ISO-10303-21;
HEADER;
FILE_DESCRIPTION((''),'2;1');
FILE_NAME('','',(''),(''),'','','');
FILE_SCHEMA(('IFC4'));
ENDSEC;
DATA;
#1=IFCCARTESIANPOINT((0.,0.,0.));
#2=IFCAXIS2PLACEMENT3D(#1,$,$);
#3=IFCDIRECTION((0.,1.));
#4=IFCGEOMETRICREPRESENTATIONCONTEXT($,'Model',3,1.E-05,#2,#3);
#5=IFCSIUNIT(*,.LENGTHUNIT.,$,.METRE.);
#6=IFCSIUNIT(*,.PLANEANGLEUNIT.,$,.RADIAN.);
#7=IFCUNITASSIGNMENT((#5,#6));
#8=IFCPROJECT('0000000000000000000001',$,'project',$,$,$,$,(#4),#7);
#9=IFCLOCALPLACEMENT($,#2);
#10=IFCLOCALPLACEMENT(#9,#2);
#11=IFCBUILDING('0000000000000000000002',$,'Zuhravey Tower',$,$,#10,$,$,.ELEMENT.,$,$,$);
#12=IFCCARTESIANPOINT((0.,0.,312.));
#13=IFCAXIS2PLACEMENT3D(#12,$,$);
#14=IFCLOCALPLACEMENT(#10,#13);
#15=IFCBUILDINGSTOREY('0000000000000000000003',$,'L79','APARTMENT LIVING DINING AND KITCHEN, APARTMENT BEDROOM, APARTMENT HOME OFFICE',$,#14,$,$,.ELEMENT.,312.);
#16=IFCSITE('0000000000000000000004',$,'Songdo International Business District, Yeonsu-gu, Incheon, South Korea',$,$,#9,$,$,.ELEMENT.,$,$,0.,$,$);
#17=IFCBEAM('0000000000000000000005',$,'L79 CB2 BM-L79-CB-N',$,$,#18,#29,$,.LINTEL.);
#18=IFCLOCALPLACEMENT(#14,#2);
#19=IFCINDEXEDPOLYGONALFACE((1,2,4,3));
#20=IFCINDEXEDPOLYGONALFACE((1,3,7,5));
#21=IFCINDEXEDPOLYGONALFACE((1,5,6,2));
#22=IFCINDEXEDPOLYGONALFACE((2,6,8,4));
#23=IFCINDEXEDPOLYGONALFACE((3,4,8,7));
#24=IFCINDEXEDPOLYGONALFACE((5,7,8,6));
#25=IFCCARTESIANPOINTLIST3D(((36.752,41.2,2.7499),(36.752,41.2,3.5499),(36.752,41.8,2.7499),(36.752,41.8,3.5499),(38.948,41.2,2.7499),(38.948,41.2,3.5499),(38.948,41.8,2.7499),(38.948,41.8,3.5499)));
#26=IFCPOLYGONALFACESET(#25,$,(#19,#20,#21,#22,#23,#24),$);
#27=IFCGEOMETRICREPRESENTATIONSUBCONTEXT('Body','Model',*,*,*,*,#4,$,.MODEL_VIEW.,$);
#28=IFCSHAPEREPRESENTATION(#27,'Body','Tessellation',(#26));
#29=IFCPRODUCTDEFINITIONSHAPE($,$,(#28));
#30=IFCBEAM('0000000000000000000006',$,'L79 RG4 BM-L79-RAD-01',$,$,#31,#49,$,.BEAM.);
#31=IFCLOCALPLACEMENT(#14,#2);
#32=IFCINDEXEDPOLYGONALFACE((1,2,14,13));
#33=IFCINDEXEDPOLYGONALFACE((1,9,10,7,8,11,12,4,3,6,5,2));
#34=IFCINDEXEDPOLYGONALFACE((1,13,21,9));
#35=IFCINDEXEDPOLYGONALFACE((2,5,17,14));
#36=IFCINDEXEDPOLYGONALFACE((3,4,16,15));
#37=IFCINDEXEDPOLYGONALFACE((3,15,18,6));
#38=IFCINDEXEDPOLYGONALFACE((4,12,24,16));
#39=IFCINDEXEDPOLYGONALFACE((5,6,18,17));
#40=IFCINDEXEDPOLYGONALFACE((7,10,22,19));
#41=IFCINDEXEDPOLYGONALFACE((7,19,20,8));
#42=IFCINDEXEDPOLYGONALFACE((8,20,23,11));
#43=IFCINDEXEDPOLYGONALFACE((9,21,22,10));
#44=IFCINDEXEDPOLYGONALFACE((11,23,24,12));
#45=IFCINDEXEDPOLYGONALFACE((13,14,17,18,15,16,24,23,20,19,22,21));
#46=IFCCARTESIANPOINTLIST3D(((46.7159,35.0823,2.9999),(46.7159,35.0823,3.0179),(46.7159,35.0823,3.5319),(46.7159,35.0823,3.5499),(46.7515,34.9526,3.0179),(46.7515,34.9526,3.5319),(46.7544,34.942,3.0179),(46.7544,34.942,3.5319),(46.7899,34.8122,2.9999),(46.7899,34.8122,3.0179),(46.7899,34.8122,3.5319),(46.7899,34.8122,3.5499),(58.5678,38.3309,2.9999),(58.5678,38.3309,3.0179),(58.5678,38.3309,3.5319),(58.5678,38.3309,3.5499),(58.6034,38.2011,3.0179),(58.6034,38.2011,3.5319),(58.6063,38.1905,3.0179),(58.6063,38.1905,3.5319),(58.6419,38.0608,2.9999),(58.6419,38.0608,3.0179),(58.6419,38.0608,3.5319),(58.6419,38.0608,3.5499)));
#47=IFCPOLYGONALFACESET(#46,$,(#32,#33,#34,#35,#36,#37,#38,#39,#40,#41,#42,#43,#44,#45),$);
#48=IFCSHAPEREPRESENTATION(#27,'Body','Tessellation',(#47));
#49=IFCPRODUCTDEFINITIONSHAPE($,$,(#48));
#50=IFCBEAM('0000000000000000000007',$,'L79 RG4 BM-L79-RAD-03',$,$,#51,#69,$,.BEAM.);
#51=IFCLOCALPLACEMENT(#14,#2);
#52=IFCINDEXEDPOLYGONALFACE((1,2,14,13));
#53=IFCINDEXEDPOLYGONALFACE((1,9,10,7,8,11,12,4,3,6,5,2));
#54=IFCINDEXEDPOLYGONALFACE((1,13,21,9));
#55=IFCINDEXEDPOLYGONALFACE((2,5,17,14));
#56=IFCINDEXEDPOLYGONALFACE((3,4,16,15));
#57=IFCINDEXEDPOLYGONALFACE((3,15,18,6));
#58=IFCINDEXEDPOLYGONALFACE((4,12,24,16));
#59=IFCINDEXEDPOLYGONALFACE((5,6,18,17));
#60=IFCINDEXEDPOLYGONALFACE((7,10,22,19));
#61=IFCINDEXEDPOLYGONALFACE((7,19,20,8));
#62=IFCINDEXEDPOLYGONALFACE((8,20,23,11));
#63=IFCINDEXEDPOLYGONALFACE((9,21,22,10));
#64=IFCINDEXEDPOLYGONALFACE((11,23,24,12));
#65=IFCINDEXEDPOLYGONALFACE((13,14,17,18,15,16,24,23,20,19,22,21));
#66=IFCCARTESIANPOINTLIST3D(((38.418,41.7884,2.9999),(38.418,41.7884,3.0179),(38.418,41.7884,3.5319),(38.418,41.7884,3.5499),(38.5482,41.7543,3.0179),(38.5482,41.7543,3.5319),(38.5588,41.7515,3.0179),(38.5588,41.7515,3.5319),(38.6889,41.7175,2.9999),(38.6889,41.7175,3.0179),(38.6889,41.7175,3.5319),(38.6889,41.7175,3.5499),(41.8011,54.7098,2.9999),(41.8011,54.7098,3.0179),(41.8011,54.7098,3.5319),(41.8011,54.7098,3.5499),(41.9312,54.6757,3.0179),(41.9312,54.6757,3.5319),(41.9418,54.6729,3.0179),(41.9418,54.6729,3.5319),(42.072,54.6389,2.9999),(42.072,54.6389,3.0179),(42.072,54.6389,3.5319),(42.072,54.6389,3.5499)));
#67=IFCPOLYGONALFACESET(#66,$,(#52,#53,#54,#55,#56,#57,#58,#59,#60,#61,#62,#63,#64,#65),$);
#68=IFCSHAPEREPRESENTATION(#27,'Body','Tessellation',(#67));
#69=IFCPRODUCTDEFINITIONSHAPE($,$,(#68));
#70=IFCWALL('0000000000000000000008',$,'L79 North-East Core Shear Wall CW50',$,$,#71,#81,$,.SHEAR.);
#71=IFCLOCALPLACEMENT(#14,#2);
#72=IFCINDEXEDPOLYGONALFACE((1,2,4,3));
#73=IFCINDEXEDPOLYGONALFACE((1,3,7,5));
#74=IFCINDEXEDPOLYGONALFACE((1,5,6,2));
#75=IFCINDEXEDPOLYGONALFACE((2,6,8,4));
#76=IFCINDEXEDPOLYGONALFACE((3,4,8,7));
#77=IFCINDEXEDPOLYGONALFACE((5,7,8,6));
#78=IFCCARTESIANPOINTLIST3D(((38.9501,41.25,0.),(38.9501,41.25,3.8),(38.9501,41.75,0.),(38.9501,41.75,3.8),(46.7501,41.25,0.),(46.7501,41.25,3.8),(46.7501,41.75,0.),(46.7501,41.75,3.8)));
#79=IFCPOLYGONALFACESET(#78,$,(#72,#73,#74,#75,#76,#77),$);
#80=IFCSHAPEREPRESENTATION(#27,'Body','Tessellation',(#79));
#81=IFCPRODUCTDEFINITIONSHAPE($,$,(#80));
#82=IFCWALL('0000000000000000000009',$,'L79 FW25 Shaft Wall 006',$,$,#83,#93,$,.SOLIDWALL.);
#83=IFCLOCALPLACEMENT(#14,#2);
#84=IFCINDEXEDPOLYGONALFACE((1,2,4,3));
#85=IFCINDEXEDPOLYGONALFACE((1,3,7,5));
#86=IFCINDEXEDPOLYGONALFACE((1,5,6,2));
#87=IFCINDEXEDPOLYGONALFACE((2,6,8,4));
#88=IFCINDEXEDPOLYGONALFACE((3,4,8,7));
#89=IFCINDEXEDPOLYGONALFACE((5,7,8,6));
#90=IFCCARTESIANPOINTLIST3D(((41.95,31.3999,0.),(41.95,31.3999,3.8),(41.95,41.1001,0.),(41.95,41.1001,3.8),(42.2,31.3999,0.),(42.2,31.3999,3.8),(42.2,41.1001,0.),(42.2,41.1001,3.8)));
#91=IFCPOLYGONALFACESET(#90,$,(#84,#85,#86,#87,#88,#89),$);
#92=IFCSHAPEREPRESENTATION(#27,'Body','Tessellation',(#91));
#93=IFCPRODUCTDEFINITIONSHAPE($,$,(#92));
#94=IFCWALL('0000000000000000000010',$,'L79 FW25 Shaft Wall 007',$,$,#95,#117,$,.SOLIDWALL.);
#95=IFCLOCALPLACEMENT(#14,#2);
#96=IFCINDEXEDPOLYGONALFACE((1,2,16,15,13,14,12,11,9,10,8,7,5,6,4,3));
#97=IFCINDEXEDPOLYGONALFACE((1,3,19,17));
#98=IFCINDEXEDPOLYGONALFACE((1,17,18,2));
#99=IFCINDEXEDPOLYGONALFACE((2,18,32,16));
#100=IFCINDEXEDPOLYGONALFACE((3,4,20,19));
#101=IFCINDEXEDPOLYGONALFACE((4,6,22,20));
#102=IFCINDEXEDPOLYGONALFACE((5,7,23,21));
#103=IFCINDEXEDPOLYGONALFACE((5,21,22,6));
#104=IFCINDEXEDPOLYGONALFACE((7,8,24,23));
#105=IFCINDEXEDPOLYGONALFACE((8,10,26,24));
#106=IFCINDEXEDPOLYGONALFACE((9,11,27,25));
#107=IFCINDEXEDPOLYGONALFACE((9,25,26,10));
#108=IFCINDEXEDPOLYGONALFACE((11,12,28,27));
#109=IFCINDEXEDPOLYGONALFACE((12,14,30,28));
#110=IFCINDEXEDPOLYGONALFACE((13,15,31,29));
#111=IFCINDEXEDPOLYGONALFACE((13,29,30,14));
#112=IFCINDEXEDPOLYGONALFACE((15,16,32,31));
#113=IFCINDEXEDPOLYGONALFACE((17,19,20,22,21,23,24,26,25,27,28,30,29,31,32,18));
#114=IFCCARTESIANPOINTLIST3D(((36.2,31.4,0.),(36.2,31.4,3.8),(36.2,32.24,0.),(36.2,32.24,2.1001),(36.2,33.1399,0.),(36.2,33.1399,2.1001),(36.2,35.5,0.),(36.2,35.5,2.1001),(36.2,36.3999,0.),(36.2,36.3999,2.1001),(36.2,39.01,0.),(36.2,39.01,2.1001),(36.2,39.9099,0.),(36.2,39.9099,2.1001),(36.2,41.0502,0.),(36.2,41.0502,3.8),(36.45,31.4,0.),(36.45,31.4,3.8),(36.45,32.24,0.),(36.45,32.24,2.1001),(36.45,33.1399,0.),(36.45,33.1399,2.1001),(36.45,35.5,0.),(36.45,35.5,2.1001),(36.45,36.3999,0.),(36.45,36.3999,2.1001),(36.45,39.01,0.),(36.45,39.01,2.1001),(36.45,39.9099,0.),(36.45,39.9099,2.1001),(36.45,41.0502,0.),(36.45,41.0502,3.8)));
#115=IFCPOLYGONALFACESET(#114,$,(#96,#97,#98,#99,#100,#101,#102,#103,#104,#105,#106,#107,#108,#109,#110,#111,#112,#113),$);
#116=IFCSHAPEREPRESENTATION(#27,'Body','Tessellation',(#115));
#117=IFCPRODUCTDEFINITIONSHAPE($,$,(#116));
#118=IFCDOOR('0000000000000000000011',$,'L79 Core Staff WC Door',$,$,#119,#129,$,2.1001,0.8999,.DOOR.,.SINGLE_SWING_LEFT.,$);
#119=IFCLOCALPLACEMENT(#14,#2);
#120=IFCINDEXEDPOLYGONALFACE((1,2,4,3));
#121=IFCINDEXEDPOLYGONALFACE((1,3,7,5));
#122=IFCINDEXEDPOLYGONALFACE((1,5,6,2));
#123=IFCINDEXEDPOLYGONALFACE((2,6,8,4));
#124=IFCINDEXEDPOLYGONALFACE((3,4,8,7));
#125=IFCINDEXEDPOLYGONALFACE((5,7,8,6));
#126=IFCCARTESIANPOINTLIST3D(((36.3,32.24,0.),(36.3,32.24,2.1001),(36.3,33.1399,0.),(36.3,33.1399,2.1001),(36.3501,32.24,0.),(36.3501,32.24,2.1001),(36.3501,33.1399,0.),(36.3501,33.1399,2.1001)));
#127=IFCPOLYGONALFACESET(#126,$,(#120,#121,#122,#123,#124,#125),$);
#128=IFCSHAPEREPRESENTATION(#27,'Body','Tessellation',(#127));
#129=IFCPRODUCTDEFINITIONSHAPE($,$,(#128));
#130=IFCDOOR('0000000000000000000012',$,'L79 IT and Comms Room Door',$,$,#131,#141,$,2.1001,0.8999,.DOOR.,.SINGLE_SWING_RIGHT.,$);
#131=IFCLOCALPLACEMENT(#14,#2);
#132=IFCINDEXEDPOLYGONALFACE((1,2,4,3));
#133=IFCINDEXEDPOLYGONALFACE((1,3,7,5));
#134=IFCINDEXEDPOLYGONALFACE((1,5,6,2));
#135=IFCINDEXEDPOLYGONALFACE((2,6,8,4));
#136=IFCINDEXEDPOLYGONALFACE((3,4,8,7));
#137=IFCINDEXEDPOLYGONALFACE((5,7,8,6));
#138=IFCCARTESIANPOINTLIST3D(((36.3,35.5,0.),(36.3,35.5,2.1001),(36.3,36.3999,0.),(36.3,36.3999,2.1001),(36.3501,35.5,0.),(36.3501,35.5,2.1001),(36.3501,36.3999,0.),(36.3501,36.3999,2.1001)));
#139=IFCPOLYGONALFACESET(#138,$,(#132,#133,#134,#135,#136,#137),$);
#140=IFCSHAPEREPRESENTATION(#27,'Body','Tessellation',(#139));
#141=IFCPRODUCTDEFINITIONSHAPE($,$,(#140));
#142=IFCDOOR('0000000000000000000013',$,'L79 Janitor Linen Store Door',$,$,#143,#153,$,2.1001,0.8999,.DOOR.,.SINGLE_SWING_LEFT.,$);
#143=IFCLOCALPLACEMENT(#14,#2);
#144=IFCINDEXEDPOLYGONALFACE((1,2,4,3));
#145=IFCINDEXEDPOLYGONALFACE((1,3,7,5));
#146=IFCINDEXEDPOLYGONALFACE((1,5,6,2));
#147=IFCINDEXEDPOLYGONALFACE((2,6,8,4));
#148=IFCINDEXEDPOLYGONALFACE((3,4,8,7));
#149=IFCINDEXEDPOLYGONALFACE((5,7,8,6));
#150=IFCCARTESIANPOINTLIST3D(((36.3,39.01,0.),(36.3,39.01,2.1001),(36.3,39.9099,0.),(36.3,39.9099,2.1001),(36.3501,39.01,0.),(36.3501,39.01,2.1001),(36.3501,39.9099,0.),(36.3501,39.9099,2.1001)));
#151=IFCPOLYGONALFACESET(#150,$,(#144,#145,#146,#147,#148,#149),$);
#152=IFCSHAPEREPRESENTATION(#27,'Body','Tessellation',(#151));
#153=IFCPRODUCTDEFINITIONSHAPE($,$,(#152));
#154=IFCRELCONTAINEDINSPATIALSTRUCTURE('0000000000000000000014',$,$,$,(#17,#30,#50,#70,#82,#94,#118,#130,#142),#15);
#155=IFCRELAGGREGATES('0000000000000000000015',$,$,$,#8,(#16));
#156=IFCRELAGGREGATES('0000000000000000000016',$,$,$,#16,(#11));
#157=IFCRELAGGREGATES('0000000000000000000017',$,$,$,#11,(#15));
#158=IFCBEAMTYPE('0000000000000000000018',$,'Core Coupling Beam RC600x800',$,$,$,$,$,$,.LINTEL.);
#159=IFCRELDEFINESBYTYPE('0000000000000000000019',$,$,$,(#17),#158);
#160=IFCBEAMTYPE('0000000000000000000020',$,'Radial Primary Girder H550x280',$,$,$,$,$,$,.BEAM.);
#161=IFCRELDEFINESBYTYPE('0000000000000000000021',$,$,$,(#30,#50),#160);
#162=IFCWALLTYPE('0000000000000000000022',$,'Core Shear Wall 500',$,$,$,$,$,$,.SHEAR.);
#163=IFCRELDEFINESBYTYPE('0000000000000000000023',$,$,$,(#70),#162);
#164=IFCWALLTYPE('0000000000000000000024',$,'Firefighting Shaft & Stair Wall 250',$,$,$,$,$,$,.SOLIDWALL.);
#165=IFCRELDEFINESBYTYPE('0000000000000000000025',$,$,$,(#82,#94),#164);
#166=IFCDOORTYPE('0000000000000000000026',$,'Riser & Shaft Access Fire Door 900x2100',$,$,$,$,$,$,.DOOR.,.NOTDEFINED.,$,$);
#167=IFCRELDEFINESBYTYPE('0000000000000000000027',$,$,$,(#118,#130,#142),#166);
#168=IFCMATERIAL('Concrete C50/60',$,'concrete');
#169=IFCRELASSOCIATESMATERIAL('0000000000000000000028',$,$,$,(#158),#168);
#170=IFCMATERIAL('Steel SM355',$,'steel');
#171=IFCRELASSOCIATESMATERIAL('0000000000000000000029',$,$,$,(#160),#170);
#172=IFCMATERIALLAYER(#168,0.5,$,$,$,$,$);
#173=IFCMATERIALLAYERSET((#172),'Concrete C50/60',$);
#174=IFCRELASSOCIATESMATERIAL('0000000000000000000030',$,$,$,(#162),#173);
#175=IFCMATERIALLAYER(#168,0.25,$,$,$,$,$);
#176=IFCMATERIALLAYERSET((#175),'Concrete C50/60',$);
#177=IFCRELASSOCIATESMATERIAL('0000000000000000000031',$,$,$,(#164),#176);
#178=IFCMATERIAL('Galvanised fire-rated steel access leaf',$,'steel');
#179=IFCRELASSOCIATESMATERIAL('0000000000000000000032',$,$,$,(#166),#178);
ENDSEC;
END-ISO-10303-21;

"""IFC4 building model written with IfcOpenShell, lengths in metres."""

from ifc_helpers import new_model, si_unit, direction, frame, frame_2d, origin, origin_2d, place, context, subcontext, project, spatial, rectangle, i_section, extrude, material, layer, layer_set, material_profile, profile_set, type_object, element, fill, save


model = new_model("IFC4")

# Units and contexts
model_context = context("Model", 3, precision=1e-05, world=origin(), true_north=direction((0.0, 1.0)))
body_context = subcontext(model_context, "Body", "Model", "MODEL_VIEW")
ifc_project = project(units=[si_unit("LENGTHUNIT", "METRE"), si_unit("PLANEANGLEUNIT", "RADIAN")], contexts=[model_context])

# Site, building, storey
site_placement = place(None, origin())
site = spatial("IfcSite", under=ifc_project, at=site_placement, Name="Songdo International Business District, Yeonsu-gu, Incheon, South Korea", CompositionType="ELEMENT", RefElevation=0.0)
building_placement = place(site_placement, origin())
building = spatial("IfcBuilding", under=site, at=building_placement, Name="Zuhravey Tower", CompositionType="ELEMENT")
storey_placement = place(building_placement, frame((0.0, 0.0, 312.0)))
storey = spatial("IfcBuildingStorey", under=building, at=storey_placement, Name="L79", Description="APARTMENT LIVING DINING AND KITCHEN, APARTMENT BEDROOM, APARTMENT HOME OFFICE", CompositionType="ELEMENT", Elevation=312.0)

# Beams
ifc_material_1 = material(Name="Concrete C50/60", Category="concrete")
ifc_material_profile_1 = material_profile(ifc_material_1, rectangle(XDim=0.6001, YDim=0.8, at=origin_2d()), Name="RC-600x800")
ifc_profile_set_1 = profile_set([ifc_material_profile_1], Name="Concrete C50/60")
beam_type_1 = type_object("IfcBeamType", Name="Core Coupling Beam RC600x800", PredefinedType="LINTEL", material=ifc_profile_set_1)
beam_1_placement = place(storey_placement, frame((36.752, 41.5, 3.1499), z_axis=(1.0, 0.0, 0.0), x_axis=(0.0, 1.0, 0.0)))
element("IfcBeam", 1, at=beam_1_placement, inside=storey, type_object=beam_type_1, Name="L79 CB2 BM-L79-CB-N", PredefinedType="LINTEL", context=body_context, shape_type="SweptSolid", body=[
    extrude(rectangle(XDim=0.6001, YDim=0.8, at=origin_2d()), origin(), (0.0, 0.0, 1.0), 2.196),
])
ifc_material_2 = material(Name="Steel SM355", Category="steel")
ifc_material_profile_2 = material_profile(ifc_material_2, i_section(OverallWidth=0.28, OverallDepth=0.55, WebThickness=0.011, FlangeThickness=0.0181, at=origin_2d()), Name="H-550x280x11x18")
ifc_profile_set_2 = profile_set([ifc_material_profile_2], Name="Steel SM355")
beam_type_2 = type_object("IfcBeamType", Name="Radial Primary Girder H550x280", PredefinedType="BEAM", material=ifc_profile_set_2)
beam_2_placement = place(storey_placement, frame((46.7529, 34.9473, 3.2749), z_axis=(0.964428, 0.264346, 0.0), x_axis=(-0.264346, 0.964428, 0.0)))
element("IfcBeam", 2, at=beam_2_placement, inside=storey, type_object=beam_type_2, Name="L79 RG4 BM-L79-RAD-01", PredefinedType="BEAM", context=body_context, shape_type="SweptSolid", body=[
    extrude(i_section(OverallWidth=0.28, OverallDepth=0.55, WebThickness=0.011, FlangeThickness=0.0181, at=origin_2d()), origin(), (0.0, 0.0, 1.0), 12.2891),
])
beam_3_placement = place(storey_placement, frame((38.5535, 41.7529, 3.2749), z_axis=(0.253281, 0.967393, 0.0), x_axis=(-0.967393, 0.253281, 0.0)))
element("IfcBeam", 3, at=beam_3_placement, inside=storey, type_object=beam_type_2, Name="L79 RG4 BM-L79-RAD-03", PredefinedType="BEAM", context=body_context, shape_type="SweptSolid", body=[
    extrude(i_section(OverallWidth=0.28, OverallDepth=0.55, WebThickness=0.011, FlangeThickness=0.0181, at=origin_2d()), origin(), (0.0, 0.0, 1.0), 13.3569),
])

# Wall
ifc_layer_1 = layer(ifc_material_1, 0.5)
ifc_layer_set_1 = layer_set([ifc_layer_1], Name="Concrete C50/60")
wall_type_1 = type_object("IfcWallType", Name="Core Shear Wall 500", PredefinedType="SHEAR", material=ifc_layer_set_1)
wall_1_placement = place(storey_placement, frame((46.75, 41.5, 0.0), z_axis=(0.0, 0.0, 1.0), x_axis=(-1.0, 0.0, 0.0)))
element("IfcWall", 4, at=wall_1_placement, inside=storey, type_object=wall_type_1, Name="L79 North-East Core Shear Wall CW50", PredefinedType="SHEAR", context=body_context, shape_type="SweptSolid", body=[
    extrude(rectangle(XDim=7.8, YDim=0.5, at=frame_2d((3.8999, 0.0))), origin(), (0.0, 0.0, 1.0), 3.8),
])

# Shared definitions
ifc_layer_2 = layer(ifc_material_1, 0.25)
ifc_layer_set_2 = layer_set([ifc_layer_2], Name="Concrete C50/60")
wall_type_2 = type_object("IfcWallType", Name="Firefighting Shaft & Stair Wall 250", PredefinedType="SOLIDWALL", material=ifc_layer_set_2)

# Wall
wall_2_placement = place(storey_placement, frame((42.075, 31.3999, 0.0), z_axis=(0.0, 0.0, 1.0), x_axis=(0.0, 1.0, 0.0)))
element("IfcWall", 5, at=wall_2_placement, inside=storey, type_object=wall_type_2, Name="L79 FW25 Shaft Wall 006", PredefinedType="SOLIDWALL", context=body_context, shape_type="SweptSolid", body=[
    extrude(rectangle(XDim=9.7002, YDim=0.25, at=frame_2d((4.8501, 0.0))), origin(), (0.0, 0.0, 1.0), 3.8),
])

# Wall, openings, doors
wall_3_placement = place(storey_placement, frame((36.325, 31.3999, 0.0), z_axis=(0.0, 0.0, 1.0), x_axis=(0.0, 1.0, 0.0)))
wall_3 = element("IfcWall", 6, at=wall_3_placement, inside=storey, type_object=wall_type_2, Name="L79 FW25 Shaft Wall 007", PredefinedType="SOLIDWALL", context=body_context, shape_type="SweptSolid", body=[
    extrude(rectangle(XDim=9.6501, YDim=0.25, at=frame_2d((4.8252, 0.0))), origin(), (0.0, 0.0, 1.0), 3.8),
])
opening_1_placement = place(wall_3_placement, frame((0.8401, 0.0, 0.0)))
opening_1 = element("IfcOpeningElement", 7, at=opening_1_placement, cuts=wall_3, PredefinedType="OPENING", context=body_context, shape_type="SweptSolid", body=[
    extrude(rectangle(XDim=0.8999, YDim=2.1001, at=frame_2d((0.45, 1.05))), frame((0.0, 0.137, 0.0), z_axis=(0.0, -1.0, 0.0), x_axis=(1.0, 0.0, 0.0)), (0.0, 0.0, 1.0), 0.2739),
])
opening_2_placement = place(wall_3_placement, frame((4.1001, 0.0, 0.0)))
opening_2 = element("IfcOpeningElement", 8, at=opening_2_placement, cuts=wall_3, PredefinedType="OPENING", context=body_context, shape_type="SweptSolid", body=[
    extrude(rectangle(XDim=0.8999, YDim=2.1001, at=frame_2d((0.45, 1.05))), frame((0.0, 0.137, 0.0), z_axis=(0.0, -1.0, 0.0), x_axis=(1.0, 0.0, 0.0)), (0.0, 0.0, 1.0), 0.2739),
])
opening_3_placement = place(wall_3_placement, frame((7.6101, 0.0, 0.0)))
opening_3 = element("IfcOpeningElement", 9, at=opening_3_placement, cuts=wall_3, PredefinedType="OPENING", context=body_context, shape_type="SweptSolid", body=[
    extrude(rectangle(XDim=0.8999, YDim=2.1001, at=frame_2d((0.45, 1.05))), frame((0.0, 0.137, 0.0), z_axis=(0.0, -1.0, 0.0), x_axis=(1.0, 0.0, 0.0)), (0.0, 0.0, 1.0), 0.2739),
])
ifc_material_3 = material(Name="Galvanised fire-rated steel access leaf", Category="steel")
door_type_1 = type_object("IfcDoorType", Name="Riser & Shaft Access Fire Door 900x2100", OperationType="NOTDEFINED", PredefinedType="DOOR", material=ifc_material_3)
door_1_placement = place(opening_1_placement, origin())
door_1 = element("IfcDoor", 10, at=door_1_placement, inside=storey, type_object=door_type_1, Name="L79 Core Staff WC Door", OperationType="SINGLE_SWING_LEFT", OverallHeight=2.1001, OverallWidth=0.8999, PredefinedType="DOOR", context=body_context, shape_type="SweptSolid", body=[
    extrude(rectangle(XDim=0.8999, YDim=2.1001, at=frame_2d((0.45, 1.05))), frame((0.0, 0.0249, 0.0), z_axis=(0.0, -1.0, 0.0), x_axis=(1.0, 0.0, 0.0)), (0.0, 0.0, 1.0), 0.05),
])
fill(opening_1, door_1)
door_2_placement = place(opening_2_placement, origin())
door_2 = element("IfcDoor", 11, at=door_2_placement, inside=storey, type_object=door_type_1, Name="L79 IT and Comms Room Door", OperationType="SINGLE_SWING_RIGHT", OverallHeight=2.1001, OverallWidth=0.8999, PredefinedType="DOOR", context=body_context, shape_type="SweptSolid", body=[
    extrude(rectangle(XDim=0.8999, YDim=2.1001, at=frame_2d((0.45, 1.05))), frame((0.0, 0.0249, 0.0), z_axis=(0.0, -1.0, 0.0), x_axis=(1.0, 0.0, 0.0)), (0.0, 0.0, 1.0), 0.05),
])
fill(opening_2, door_2)
door_3_placement = place(opening_3_placement, origin())
door_3 = element("IfcDoor", 12, at=door_3_placement, inside=storey, type_object=door_type_1, Name="L79 Janitor Linen Store Door", OperationType="SINGLE_SWING_LEFT", OverallHeight=2.1001, OverallWidth=0.8999, PredefinedType="DOOR", context=body_context, shape_type="SweptSolid", body=[
    extrude(rectangle(XDim=0.8999, YDim=2.1001, at=frame_2d((0.45, 1.05))), frame((0.0, 0.0249, 0.0), z_axis=(0.0, -1.0, 0.0), x_axis=(1.0, 0.0, 0.0)), (0.0, 0.0, 1.0), 0.05),
])
fill(opening_3, door_3)

save(model, "model.ifc")
